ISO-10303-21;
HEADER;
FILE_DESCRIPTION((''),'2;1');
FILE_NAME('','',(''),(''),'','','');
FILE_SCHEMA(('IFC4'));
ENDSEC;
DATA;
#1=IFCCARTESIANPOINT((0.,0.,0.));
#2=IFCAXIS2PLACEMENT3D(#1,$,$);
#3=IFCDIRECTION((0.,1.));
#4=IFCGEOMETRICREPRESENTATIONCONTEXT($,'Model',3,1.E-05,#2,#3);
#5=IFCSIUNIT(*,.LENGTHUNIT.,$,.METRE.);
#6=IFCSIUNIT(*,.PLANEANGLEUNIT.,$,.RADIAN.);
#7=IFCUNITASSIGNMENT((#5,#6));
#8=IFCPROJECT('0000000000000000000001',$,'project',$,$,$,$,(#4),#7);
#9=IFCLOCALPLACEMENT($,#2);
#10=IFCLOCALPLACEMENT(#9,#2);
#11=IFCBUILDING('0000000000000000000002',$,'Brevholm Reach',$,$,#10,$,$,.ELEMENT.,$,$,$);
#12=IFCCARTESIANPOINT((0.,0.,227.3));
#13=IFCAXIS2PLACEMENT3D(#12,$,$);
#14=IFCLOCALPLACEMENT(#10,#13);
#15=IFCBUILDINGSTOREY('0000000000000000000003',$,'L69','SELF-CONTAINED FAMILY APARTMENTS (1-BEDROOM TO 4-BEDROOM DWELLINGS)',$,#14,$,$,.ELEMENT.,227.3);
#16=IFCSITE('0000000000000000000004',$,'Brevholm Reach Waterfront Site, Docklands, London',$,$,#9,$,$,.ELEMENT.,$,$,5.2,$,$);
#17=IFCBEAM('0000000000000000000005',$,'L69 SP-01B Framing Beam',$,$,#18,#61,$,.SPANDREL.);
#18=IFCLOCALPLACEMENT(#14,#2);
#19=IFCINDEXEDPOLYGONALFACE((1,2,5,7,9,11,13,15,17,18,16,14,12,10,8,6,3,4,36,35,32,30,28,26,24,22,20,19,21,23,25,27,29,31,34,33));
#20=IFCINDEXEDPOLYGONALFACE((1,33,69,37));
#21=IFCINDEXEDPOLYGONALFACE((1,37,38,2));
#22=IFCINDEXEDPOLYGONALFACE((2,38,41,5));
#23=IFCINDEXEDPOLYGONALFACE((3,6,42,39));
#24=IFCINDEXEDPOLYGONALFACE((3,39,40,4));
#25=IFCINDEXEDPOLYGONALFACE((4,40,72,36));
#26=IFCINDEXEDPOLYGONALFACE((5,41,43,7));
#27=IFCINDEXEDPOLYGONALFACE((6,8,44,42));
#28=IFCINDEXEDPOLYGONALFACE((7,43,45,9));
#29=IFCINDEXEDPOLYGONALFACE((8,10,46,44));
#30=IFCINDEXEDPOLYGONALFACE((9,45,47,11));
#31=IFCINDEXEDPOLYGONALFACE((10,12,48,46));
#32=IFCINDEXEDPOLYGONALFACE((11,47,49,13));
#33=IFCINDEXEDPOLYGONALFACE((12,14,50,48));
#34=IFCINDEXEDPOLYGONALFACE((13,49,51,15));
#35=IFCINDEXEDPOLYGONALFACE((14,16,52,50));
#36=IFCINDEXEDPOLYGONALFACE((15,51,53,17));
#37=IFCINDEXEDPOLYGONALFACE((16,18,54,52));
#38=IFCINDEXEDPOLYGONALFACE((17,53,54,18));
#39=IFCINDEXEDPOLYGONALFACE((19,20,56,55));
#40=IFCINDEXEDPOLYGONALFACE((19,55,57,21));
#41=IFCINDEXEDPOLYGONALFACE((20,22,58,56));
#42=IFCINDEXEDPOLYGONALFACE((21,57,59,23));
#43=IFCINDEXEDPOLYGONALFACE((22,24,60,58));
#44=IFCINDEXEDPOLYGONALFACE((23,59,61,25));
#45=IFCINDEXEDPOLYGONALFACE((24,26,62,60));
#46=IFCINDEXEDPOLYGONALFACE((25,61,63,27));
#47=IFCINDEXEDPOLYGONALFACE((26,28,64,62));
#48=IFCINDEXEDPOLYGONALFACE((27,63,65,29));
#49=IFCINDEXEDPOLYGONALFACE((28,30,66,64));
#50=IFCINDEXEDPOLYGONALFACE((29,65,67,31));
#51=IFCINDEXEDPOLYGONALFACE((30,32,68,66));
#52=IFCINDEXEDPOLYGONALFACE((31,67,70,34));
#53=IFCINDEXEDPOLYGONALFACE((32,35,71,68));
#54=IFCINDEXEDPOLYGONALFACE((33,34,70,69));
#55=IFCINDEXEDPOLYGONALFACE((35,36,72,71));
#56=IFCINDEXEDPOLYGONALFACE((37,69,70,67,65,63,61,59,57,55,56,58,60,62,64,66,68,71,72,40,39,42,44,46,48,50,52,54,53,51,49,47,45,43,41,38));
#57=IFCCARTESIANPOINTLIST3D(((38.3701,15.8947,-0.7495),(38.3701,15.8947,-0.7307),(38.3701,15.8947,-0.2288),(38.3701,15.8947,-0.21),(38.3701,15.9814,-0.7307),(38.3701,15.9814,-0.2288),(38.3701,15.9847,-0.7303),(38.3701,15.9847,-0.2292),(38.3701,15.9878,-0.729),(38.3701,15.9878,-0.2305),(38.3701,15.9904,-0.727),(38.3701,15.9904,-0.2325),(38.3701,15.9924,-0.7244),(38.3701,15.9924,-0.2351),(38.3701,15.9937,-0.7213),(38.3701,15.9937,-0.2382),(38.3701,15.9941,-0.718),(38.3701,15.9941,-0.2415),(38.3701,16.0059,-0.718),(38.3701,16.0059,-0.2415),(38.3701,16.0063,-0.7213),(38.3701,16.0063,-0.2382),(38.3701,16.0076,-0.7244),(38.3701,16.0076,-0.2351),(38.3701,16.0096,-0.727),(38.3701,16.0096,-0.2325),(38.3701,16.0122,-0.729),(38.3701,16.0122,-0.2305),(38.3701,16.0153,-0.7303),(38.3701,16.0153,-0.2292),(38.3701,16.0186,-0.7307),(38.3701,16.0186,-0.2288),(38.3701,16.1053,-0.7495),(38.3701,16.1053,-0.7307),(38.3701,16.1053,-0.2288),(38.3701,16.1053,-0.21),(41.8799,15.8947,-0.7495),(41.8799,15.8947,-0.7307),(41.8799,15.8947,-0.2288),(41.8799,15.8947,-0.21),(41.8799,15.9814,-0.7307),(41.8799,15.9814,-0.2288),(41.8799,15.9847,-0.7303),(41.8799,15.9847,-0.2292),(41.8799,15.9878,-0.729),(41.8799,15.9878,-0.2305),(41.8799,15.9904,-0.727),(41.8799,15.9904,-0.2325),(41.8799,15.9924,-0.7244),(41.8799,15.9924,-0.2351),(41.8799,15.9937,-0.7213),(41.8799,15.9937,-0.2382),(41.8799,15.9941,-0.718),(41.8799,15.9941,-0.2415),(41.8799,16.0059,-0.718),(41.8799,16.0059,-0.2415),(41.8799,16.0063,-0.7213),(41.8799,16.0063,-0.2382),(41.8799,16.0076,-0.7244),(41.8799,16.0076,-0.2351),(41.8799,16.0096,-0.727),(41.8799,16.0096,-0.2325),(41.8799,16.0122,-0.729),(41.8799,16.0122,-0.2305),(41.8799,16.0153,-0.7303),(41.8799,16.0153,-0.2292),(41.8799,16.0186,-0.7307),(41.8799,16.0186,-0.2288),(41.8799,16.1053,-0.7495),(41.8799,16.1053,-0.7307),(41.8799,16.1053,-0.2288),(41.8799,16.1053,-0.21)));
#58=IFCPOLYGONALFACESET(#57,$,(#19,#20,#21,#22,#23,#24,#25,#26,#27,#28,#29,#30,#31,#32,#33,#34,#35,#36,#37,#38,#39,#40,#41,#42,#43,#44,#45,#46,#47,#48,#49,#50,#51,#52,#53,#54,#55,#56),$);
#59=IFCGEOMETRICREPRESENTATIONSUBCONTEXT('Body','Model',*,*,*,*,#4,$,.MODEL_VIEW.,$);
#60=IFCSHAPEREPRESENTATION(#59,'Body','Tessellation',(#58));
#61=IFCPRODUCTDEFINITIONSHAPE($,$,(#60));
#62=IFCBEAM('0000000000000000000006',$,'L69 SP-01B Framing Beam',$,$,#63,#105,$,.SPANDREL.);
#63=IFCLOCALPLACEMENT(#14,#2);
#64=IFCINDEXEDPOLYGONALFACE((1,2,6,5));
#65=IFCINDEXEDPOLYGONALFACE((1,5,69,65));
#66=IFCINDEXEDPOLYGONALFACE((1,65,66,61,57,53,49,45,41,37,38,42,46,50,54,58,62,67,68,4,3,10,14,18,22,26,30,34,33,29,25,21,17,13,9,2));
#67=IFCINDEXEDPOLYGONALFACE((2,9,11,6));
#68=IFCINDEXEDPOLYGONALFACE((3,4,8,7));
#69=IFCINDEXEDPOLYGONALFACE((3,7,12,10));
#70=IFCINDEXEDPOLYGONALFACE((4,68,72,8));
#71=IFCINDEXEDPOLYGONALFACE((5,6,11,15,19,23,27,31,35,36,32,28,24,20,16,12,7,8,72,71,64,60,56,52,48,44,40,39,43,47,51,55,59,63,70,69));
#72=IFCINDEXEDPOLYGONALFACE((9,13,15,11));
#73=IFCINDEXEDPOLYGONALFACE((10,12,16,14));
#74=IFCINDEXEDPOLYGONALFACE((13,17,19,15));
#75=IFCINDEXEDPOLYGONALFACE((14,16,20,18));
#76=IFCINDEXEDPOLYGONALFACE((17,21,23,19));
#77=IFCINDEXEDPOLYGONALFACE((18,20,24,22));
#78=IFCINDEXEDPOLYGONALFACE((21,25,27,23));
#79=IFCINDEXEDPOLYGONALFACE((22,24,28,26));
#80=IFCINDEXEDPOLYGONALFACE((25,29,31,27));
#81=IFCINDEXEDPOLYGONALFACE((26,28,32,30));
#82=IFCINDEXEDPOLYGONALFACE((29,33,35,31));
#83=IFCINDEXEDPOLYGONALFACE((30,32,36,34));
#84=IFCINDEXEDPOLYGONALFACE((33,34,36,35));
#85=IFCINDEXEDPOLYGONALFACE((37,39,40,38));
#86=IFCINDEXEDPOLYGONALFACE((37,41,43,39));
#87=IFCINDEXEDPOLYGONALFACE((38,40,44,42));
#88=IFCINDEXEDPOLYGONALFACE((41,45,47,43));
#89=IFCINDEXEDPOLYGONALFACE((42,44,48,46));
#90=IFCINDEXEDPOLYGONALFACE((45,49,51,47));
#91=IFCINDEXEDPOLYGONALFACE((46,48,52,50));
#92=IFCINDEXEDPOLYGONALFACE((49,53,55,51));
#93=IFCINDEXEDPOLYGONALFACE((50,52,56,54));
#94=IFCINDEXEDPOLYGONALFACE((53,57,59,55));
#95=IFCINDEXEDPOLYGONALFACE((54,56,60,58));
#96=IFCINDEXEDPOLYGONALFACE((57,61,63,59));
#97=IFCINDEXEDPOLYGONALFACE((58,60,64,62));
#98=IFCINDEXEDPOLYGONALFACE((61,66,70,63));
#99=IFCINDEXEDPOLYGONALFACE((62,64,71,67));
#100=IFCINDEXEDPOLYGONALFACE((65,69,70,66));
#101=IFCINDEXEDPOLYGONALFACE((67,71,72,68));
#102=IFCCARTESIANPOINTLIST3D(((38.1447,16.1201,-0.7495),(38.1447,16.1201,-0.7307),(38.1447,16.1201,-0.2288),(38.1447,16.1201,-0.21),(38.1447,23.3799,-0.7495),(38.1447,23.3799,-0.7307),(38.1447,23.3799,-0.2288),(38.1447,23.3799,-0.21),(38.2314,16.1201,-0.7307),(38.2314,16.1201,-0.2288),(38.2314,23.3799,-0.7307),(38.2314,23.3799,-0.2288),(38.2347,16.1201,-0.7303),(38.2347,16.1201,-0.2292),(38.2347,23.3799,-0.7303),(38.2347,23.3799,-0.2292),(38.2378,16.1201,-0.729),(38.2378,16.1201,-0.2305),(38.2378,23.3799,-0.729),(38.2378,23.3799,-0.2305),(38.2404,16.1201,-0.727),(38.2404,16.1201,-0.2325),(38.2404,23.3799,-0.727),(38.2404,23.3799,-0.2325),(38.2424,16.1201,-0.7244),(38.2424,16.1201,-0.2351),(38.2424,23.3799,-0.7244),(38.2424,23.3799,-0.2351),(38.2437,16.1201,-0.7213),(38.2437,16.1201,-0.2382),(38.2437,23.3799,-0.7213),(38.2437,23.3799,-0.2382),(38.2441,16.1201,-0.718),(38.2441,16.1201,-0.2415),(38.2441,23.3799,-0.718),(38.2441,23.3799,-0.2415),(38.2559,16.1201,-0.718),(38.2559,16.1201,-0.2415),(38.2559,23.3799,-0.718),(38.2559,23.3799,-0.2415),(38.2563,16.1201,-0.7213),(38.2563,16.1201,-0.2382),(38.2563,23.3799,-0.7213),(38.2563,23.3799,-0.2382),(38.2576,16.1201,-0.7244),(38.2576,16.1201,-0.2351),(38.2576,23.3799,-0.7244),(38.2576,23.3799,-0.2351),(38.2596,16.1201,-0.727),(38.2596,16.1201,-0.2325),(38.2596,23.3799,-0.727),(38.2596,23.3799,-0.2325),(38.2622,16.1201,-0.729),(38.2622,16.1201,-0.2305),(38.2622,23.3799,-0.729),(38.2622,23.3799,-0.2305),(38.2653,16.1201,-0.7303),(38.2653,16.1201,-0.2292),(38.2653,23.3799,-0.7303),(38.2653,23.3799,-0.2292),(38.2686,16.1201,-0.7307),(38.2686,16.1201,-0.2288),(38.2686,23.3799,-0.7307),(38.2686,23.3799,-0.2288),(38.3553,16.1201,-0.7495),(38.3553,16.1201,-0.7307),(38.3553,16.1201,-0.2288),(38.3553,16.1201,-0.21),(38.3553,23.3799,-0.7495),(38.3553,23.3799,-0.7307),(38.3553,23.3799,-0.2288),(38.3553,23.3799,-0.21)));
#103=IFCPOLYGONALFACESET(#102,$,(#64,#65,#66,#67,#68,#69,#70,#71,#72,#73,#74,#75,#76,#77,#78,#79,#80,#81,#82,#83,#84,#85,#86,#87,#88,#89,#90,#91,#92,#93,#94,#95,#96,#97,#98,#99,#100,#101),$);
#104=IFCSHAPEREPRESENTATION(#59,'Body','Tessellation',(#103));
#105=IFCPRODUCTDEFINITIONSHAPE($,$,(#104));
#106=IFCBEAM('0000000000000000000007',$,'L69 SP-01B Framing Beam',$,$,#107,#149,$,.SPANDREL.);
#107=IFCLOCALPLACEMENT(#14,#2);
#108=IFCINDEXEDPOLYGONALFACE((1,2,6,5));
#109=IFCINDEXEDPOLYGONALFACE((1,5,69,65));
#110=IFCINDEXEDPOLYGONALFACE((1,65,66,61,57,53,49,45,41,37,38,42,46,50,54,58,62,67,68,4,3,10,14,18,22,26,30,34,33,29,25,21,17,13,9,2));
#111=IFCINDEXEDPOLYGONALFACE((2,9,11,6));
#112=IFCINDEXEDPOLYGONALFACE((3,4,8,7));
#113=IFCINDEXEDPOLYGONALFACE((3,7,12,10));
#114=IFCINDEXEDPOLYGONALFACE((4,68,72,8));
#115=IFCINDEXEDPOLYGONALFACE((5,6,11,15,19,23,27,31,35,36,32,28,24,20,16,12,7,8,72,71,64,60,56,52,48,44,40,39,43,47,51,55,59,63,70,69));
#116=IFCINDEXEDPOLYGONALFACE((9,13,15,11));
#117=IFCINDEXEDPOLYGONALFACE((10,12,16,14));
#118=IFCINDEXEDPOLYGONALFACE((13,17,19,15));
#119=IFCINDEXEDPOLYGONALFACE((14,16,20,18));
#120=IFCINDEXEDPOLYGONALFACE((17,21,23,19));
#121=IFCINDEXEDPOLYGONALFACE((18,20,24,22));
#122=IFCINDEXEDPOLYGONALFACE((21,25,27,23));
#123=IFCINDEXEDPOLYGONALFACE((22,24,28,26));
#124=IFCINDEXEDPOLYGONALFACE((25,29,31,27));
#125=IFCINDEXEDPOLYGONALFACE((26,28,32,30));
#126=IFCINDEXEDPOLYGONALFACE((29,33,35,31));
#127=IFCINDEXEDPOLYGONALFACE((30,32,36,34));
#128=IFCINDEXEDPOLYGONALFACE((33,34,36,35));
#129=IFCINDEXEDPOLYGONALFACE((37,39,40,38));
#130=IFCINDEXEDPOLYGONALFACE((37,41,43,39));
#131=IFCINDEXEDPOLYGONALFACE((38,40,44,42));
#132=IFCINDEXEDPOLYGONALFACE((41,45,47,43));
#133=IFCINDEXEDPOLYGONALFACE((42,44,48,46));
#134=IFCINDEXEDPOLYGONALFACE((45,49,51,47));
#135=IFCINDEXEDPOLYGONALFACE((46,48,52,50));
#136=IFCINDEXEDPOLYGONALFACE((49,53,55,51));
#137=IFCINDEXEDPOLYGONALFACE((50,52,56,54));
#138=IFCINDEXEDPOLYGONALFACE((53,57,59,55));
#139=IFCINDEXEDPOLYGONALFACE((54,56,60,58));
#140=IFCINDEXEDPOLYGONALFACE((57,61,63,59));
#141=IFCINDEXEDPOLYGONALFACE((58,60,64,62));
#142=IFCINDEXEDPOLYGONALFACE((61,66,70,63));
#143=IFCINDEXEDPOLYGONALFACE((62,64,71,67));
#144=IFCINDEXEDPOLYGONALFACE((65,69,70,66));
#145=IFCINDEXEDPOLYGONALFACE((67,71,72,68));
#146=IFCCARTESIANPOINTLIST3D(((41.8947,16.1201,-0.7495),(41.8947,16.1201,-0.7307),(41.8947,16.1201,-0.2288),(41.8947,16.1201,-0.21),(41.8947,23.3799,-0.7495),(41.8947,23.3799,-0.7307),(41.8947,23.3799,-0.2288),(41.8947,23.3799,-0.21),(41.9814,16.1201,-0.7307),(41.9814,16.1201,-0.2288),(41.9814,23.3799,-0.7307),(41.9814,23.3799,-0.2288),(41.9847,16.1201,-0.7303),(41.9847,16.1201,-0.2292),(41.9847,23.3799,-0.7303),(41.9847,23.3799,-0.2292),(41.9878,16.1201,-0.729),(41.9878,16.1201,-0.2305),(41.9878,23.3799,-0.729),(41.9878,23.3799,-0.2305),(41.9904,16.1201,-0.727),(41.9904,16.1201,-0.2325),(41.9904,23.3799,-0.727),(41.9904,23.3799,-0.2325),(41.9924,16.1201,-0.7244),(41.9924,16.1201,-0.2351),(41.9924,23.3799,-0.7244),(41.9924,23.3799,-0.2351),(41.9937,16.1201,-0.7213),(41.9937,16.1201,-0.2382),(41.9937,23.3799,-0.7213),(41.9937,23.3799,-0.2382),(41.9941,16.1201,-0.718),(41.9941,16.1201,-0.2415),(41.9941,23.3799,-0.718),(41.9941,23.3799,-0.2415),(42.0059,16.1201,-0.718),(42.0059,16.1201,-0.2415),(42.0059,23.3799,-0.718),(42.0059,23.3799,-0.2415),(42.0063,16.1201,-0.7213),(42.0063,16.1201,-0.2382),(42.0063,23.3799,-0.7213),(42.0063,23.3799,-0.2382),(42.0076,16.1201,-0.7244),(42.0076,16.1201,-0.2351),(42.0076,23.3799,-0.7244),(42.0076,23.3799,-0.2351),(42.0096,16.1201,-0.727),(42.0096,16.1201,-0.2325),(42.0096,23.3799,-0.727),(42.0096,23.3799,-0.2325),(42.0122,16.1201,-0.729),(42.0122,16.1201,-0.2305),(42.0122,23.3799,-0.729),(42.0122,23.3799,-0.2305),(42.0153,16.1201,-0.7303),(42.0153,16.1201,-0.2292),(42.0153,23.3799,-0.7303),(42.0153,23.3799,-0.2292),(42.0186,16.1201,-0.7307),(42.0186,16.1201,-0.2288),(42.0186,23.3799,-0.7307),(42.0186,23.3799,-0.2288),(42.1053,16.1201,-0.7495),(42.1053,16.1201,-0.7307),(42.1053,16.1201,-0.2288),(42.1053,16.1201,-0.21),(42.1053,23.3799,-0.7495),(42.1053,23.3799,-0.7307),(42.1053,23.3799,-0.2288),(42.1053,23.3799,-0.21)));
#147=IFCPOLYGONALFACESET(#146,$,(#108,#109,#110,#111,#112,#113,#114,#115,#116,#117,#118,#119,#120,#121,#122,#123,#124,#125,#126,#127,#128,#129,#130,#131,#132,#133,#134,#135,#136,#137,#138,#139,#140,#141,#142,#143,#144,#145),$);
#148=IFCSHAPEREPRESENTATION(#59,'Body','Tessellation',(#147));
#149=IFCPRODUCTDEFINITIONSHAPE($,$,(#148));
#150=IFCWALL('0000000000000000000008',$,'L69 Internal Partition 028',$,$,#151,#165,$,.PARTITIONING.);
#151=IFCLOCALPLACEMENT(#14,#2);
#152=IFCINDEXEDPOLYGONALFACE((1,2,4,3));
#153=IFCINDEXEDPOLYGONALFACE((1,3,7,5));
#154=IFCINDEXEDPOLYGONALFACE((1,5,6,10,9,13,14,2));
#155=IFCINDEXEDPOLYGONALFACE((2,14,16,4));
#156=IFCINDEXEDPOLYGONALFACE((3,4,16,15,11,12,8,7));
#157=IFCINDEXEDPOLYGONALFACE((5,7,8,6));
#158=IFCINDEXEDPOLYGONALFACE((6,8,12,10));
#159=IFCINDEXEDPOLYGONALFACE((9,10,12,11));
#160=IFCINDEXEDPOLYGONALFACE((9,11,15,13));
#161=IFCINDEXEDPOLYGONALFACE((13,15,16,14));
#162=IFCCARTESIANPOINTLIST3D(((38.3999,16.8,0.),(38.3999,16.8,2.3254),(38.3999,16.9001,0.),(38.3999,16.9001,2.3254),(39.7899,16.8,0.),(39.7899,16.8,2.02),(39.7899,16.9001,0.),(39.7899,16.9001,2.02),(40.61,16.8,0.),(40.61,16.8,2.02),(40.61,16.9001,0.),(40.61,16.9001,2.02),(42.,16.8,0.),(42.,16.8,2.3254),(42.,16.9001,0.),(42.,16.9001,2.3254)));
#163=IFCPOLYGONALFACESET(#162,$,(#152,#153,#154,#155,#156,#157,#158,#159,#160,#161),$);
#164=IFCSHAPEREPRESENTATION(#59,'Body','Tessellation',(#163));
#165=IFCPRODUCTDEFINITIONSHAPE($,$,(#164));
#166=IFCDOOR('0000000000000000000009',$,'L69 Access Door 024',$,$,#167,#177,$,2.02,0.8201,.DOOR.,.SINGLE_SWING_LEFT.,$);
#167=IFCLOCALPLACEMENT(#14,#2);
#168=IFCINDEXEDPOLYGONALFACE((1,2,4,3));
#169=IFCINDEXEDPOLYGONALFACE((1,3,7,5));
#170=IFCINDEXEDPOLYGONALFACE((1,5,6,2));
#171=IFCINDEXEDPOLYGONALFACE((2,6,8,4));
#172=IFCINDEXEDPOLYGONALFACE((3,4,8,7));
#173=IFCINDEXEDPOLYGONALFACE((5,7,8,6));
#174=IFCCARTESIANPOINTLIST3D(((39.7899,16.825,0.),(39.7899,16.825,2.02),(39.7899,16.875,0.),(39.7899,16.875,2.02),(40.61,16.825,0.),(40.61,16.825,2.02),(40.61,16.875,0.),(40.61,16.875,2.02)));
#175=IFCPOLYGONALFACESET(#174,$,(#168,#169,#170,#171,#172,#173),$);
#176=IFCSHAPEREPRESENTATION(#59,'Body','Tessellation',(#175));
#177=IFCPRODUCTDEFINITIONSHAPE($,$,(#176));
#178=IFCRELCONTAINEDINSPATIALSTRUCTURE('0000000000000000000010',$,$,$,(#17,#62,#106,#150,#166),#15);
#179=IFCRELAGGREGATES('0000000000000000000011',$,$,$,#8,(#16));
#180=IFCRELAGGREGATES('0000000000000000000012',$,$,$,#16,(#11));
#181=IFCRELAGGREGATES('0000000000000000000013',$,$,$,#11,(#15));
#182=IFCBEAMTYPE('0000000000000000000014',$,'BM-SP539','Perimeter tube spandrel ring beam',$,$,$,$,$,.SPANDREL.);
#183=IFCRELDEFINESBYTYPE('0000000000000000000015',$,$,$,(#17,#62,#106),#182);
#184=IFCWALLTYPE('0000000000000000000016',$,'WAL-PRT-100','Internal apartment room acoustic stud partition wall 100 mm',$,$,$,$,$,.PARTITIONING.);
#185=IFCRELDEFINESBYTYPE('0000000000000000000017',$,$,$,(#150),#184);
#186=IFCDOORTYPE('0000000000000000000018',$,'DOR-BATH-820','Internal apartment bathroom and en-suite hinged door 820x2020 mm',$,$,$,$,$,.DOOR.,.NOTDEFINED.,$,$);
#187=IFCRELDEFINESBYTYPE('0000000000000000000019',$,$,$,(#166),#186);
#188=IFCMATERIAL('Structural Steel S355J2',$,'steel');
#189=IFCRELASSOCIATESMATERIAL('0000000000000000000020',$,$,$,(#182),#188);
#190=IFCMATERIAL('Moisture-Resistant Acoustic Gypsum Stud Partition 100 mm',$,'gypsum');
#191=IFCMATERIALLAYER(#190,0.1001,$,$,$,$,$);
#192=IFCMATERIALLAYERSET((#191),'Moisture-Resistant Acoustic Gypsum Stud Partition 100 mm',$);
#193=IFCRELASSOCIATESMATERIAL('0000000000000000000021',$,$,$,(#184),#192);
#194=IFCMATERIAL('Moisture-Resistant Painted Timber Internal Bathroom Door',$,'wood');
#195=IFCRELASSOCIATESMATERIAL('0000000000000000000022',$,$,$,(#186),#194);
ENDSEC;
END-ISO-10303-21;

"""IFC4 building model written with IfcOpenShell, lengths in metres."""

from ifc_helpers import new_model, si_unit, direction, frame, frame_2d, origin, origin_2d, place, context, subcontext, project, spatial, rectangle, i_section, extrude, material, layer, layer_set, material_profile, profile_set, type_object, element, fill, save


model = new_model("IFC4")

# Units and contexts
model_context = context("Model", 3, precision=1e-05, world=origin(), true_north=direction((0.0, 1.0)))
body_context = subcontext(model_context, "Body", "Model", "MODEL_VIEW")
ifc_project = project(units=[si_unit("LENGTHUNIT", "METRE"), si_unit("PLANEANGLEUNIT", "RADIAN")], contexts=[model_context])

# Site, building, storey
site_placement = place(None, origin())
site = spatial("IfcSite", under=ifc_project, at=site_placement, Name="Brevholm Reach Waterfront Site, Docklands, London", CompositionType="ELEMENT", RefElevation=5.2)
building_placement = place(site_placement, origin())
building = spatial("IfcBuilding", under=site, at=building_placement, Name="Brevholm Reach", CompositionType="ELEMENT")
storey_placement = place(building_placement, frame((0.0, 0.0, 227.3)))
storey = spatial("IfcBuildingStorey", under=building, at=storey_placement, Name="L69", Description="SELF-CONTAINED FAMILY APARTMENTS (1-BEDROOM TO 4-BEDROOM DWELLINGS)", CompositionType="ELEMENT", Elevation=227.3)

# Beams
ifc_material_1 = material(Name="Structural Steel S355J2", Category="steel")
ifc_material_profile_1 = material_profile(ifc_material_1, i_section(OverallWidth=0.2107, OverallDepth=0.5396, WebThickness=0.0117, FlangeThickness=0.0188, FilletRadius=0.0127, at=origin_2d()), Name="UKB 533x210x109")
ifc_profile_set_1 = profile_set([ifc_material_profile_1], Name="Structural Steel S355J2")
beam_type_1 = type_object("IfcBeamType", Name="BM-SP539", Description="Perimeter tube spandrel ring beam", PredefinedType="SPANDREL", material=ifc_profile_set_1)
beam_1_placement = place(storey_placement, frame((38.3701, 16.0, -0.4797), z_axis=(1.0, 0.0, 0.0), x_axis=(0.0, 1.0, 0.0)))
element("IfcBeam", 1, at=beam_1_placement, inside=storey, type_object=beam_type_1, Name="L69 SP-01B Framing Beam", PredefinedType="SPANDREL", context=body_context, shape_type="SweptSolid", body=[
    extrude(i_section(OverallWidth=0.2107, OverallDepth=0.5396, WebThickness=0.0117, FlangeThickness=0.0188, FilletRadius=0.0127, at=origin_2d()), origin(), (0.0, 0.0, 1.0), 3.5098),
])
for number, where, z_axis, x_axis, name in (
    (2, (38.25, 16.1201, -0.4797), (0.0, 1.0, 0.0), (-1.0, 0.0, 0.0), "L69 SP-01B Framing Beam"),
    (3, (42.0, 16.1201, -0.4797), (0.0, 1.0, 0.0), (-1.0, 0.0, 0.0), "L69 SP-01B Framing Beam"),
):
    element("IfcBeam", number, at=place(storey_placement, frame(where, z_axis=z_axis, x_axis=x_axis)), inside=storey, type_object=beam_type_1, Name=name, PredefinedType="SPANDREL", context=body_context, shape_type="SweptSolid", body=[
        extrude(i_section(OverallWidth=0.2107, OverallDepth=0.5396, WebThickness=0.0117, FlangeThickness=0.0188, FilletRadius=0.0127, at=origin_2d()), origin(), (0.0, 0.0, 1.0), 7.2598),
    ])

# Wall, opening, door
ifc_material_2 = material(Name="Moisture-Resistant Acoustic Gypsum Stud Partition 100 mm", Category="gypsum")
ifc_layer_1 = layer(ifc_material_2, 0.1001)
ifc_layer_set_1 = layer_set([ifc_layer_1], Name="Moisture-Resistant Acoustic Gypsum Stud Partition 100 mm")
wall_type_1 = type_object("IfcWallType", Name="WAL-PRT-100", Description="Internal apartment room acoustic stud partition wall 100 mm", PredefinedType="PARTITIONING", material=ifc_layer_set_1)
wall_1_placement = place(storey_placement, frame((38.3999, 16.8501, 0.0), z_axis=(0.0, 0.0, 1.0), x_axis=(1.0, 0.0, 0.0)))
wall_1 = element("IfcWall", 4, at=wall_1_placement, inside=storey, type_object=wall_type_1, Name="L69 Internal Partition 028", PredefinedType="PARTITIONING", context=body_context, shape_type="SweptSolid", body=[
    extrude(rectangle(XDim=3.6001, YDim=0.1001, at=frame_2d((1.8, 0.0))), origin(), (0.0, 0.0, 1.0), 2.3254),
])
opening_1_placement = place(wall_1_placement, frame((1.3899, 0.0, 0.0)))
opening_1 = element("IfcOpeningElement", 5, at=opening_1_placement, cuts=wall_1, PredefinedType="OPENING", context=body_context, shape_type="SweptSolid", body=[
    extrude(rectangle(XDim=0.8201, YDim=2.02, at=frame_2d((0.4102, 1.01))), frame((0.0, 0.0601, 0.0), z_axis=(0.0, -1.0, 0.0), x_axis=(1.0, 0.0, 0.0)), (0.0, 0.0, 1.0), 0.1201),
])
ifc_material_3 = material(Name="Moisture-Resistant Painted Timber Internal Bathroom Door", Category="wood")
door_type_1 = type_object("IfcDoorType", Name="DOR-BATH-820", Description="Internal apartment bathroom and en-suite hinged door 820x2020 mm", OperationType="NOTDEFINED", PredefinedType="DOOR", material=ifc_material_3)
door_1_placement = place(opening_1_placement, origin())
door_1 = element("IfcDoor", 6, at=door_1_placement, inside=storey, type_object=door_type_1, Name="L69 Access Door 024", OperationType="SINGLE_SWING_LEFT", OverallHeight=2.02, OverallWidth=0.8201, PredefinedType="DOOR", context=body_context, shape_type="SweptSolid", body=[
    extrude(rectangle(XDim=0.8201, YDim=2.02, at=frame_2d((0.4102, 1.01))), frame((0.0, 0.0249, 0.0), z_axis=(0.0, -1.0, 0.0), x_axis=(1.0, 0.0, 0.0)), (0.0, 0.0, 1.0), 0.05),
])
fill(opening_1, door_1)

save(model, "model.ifc")
